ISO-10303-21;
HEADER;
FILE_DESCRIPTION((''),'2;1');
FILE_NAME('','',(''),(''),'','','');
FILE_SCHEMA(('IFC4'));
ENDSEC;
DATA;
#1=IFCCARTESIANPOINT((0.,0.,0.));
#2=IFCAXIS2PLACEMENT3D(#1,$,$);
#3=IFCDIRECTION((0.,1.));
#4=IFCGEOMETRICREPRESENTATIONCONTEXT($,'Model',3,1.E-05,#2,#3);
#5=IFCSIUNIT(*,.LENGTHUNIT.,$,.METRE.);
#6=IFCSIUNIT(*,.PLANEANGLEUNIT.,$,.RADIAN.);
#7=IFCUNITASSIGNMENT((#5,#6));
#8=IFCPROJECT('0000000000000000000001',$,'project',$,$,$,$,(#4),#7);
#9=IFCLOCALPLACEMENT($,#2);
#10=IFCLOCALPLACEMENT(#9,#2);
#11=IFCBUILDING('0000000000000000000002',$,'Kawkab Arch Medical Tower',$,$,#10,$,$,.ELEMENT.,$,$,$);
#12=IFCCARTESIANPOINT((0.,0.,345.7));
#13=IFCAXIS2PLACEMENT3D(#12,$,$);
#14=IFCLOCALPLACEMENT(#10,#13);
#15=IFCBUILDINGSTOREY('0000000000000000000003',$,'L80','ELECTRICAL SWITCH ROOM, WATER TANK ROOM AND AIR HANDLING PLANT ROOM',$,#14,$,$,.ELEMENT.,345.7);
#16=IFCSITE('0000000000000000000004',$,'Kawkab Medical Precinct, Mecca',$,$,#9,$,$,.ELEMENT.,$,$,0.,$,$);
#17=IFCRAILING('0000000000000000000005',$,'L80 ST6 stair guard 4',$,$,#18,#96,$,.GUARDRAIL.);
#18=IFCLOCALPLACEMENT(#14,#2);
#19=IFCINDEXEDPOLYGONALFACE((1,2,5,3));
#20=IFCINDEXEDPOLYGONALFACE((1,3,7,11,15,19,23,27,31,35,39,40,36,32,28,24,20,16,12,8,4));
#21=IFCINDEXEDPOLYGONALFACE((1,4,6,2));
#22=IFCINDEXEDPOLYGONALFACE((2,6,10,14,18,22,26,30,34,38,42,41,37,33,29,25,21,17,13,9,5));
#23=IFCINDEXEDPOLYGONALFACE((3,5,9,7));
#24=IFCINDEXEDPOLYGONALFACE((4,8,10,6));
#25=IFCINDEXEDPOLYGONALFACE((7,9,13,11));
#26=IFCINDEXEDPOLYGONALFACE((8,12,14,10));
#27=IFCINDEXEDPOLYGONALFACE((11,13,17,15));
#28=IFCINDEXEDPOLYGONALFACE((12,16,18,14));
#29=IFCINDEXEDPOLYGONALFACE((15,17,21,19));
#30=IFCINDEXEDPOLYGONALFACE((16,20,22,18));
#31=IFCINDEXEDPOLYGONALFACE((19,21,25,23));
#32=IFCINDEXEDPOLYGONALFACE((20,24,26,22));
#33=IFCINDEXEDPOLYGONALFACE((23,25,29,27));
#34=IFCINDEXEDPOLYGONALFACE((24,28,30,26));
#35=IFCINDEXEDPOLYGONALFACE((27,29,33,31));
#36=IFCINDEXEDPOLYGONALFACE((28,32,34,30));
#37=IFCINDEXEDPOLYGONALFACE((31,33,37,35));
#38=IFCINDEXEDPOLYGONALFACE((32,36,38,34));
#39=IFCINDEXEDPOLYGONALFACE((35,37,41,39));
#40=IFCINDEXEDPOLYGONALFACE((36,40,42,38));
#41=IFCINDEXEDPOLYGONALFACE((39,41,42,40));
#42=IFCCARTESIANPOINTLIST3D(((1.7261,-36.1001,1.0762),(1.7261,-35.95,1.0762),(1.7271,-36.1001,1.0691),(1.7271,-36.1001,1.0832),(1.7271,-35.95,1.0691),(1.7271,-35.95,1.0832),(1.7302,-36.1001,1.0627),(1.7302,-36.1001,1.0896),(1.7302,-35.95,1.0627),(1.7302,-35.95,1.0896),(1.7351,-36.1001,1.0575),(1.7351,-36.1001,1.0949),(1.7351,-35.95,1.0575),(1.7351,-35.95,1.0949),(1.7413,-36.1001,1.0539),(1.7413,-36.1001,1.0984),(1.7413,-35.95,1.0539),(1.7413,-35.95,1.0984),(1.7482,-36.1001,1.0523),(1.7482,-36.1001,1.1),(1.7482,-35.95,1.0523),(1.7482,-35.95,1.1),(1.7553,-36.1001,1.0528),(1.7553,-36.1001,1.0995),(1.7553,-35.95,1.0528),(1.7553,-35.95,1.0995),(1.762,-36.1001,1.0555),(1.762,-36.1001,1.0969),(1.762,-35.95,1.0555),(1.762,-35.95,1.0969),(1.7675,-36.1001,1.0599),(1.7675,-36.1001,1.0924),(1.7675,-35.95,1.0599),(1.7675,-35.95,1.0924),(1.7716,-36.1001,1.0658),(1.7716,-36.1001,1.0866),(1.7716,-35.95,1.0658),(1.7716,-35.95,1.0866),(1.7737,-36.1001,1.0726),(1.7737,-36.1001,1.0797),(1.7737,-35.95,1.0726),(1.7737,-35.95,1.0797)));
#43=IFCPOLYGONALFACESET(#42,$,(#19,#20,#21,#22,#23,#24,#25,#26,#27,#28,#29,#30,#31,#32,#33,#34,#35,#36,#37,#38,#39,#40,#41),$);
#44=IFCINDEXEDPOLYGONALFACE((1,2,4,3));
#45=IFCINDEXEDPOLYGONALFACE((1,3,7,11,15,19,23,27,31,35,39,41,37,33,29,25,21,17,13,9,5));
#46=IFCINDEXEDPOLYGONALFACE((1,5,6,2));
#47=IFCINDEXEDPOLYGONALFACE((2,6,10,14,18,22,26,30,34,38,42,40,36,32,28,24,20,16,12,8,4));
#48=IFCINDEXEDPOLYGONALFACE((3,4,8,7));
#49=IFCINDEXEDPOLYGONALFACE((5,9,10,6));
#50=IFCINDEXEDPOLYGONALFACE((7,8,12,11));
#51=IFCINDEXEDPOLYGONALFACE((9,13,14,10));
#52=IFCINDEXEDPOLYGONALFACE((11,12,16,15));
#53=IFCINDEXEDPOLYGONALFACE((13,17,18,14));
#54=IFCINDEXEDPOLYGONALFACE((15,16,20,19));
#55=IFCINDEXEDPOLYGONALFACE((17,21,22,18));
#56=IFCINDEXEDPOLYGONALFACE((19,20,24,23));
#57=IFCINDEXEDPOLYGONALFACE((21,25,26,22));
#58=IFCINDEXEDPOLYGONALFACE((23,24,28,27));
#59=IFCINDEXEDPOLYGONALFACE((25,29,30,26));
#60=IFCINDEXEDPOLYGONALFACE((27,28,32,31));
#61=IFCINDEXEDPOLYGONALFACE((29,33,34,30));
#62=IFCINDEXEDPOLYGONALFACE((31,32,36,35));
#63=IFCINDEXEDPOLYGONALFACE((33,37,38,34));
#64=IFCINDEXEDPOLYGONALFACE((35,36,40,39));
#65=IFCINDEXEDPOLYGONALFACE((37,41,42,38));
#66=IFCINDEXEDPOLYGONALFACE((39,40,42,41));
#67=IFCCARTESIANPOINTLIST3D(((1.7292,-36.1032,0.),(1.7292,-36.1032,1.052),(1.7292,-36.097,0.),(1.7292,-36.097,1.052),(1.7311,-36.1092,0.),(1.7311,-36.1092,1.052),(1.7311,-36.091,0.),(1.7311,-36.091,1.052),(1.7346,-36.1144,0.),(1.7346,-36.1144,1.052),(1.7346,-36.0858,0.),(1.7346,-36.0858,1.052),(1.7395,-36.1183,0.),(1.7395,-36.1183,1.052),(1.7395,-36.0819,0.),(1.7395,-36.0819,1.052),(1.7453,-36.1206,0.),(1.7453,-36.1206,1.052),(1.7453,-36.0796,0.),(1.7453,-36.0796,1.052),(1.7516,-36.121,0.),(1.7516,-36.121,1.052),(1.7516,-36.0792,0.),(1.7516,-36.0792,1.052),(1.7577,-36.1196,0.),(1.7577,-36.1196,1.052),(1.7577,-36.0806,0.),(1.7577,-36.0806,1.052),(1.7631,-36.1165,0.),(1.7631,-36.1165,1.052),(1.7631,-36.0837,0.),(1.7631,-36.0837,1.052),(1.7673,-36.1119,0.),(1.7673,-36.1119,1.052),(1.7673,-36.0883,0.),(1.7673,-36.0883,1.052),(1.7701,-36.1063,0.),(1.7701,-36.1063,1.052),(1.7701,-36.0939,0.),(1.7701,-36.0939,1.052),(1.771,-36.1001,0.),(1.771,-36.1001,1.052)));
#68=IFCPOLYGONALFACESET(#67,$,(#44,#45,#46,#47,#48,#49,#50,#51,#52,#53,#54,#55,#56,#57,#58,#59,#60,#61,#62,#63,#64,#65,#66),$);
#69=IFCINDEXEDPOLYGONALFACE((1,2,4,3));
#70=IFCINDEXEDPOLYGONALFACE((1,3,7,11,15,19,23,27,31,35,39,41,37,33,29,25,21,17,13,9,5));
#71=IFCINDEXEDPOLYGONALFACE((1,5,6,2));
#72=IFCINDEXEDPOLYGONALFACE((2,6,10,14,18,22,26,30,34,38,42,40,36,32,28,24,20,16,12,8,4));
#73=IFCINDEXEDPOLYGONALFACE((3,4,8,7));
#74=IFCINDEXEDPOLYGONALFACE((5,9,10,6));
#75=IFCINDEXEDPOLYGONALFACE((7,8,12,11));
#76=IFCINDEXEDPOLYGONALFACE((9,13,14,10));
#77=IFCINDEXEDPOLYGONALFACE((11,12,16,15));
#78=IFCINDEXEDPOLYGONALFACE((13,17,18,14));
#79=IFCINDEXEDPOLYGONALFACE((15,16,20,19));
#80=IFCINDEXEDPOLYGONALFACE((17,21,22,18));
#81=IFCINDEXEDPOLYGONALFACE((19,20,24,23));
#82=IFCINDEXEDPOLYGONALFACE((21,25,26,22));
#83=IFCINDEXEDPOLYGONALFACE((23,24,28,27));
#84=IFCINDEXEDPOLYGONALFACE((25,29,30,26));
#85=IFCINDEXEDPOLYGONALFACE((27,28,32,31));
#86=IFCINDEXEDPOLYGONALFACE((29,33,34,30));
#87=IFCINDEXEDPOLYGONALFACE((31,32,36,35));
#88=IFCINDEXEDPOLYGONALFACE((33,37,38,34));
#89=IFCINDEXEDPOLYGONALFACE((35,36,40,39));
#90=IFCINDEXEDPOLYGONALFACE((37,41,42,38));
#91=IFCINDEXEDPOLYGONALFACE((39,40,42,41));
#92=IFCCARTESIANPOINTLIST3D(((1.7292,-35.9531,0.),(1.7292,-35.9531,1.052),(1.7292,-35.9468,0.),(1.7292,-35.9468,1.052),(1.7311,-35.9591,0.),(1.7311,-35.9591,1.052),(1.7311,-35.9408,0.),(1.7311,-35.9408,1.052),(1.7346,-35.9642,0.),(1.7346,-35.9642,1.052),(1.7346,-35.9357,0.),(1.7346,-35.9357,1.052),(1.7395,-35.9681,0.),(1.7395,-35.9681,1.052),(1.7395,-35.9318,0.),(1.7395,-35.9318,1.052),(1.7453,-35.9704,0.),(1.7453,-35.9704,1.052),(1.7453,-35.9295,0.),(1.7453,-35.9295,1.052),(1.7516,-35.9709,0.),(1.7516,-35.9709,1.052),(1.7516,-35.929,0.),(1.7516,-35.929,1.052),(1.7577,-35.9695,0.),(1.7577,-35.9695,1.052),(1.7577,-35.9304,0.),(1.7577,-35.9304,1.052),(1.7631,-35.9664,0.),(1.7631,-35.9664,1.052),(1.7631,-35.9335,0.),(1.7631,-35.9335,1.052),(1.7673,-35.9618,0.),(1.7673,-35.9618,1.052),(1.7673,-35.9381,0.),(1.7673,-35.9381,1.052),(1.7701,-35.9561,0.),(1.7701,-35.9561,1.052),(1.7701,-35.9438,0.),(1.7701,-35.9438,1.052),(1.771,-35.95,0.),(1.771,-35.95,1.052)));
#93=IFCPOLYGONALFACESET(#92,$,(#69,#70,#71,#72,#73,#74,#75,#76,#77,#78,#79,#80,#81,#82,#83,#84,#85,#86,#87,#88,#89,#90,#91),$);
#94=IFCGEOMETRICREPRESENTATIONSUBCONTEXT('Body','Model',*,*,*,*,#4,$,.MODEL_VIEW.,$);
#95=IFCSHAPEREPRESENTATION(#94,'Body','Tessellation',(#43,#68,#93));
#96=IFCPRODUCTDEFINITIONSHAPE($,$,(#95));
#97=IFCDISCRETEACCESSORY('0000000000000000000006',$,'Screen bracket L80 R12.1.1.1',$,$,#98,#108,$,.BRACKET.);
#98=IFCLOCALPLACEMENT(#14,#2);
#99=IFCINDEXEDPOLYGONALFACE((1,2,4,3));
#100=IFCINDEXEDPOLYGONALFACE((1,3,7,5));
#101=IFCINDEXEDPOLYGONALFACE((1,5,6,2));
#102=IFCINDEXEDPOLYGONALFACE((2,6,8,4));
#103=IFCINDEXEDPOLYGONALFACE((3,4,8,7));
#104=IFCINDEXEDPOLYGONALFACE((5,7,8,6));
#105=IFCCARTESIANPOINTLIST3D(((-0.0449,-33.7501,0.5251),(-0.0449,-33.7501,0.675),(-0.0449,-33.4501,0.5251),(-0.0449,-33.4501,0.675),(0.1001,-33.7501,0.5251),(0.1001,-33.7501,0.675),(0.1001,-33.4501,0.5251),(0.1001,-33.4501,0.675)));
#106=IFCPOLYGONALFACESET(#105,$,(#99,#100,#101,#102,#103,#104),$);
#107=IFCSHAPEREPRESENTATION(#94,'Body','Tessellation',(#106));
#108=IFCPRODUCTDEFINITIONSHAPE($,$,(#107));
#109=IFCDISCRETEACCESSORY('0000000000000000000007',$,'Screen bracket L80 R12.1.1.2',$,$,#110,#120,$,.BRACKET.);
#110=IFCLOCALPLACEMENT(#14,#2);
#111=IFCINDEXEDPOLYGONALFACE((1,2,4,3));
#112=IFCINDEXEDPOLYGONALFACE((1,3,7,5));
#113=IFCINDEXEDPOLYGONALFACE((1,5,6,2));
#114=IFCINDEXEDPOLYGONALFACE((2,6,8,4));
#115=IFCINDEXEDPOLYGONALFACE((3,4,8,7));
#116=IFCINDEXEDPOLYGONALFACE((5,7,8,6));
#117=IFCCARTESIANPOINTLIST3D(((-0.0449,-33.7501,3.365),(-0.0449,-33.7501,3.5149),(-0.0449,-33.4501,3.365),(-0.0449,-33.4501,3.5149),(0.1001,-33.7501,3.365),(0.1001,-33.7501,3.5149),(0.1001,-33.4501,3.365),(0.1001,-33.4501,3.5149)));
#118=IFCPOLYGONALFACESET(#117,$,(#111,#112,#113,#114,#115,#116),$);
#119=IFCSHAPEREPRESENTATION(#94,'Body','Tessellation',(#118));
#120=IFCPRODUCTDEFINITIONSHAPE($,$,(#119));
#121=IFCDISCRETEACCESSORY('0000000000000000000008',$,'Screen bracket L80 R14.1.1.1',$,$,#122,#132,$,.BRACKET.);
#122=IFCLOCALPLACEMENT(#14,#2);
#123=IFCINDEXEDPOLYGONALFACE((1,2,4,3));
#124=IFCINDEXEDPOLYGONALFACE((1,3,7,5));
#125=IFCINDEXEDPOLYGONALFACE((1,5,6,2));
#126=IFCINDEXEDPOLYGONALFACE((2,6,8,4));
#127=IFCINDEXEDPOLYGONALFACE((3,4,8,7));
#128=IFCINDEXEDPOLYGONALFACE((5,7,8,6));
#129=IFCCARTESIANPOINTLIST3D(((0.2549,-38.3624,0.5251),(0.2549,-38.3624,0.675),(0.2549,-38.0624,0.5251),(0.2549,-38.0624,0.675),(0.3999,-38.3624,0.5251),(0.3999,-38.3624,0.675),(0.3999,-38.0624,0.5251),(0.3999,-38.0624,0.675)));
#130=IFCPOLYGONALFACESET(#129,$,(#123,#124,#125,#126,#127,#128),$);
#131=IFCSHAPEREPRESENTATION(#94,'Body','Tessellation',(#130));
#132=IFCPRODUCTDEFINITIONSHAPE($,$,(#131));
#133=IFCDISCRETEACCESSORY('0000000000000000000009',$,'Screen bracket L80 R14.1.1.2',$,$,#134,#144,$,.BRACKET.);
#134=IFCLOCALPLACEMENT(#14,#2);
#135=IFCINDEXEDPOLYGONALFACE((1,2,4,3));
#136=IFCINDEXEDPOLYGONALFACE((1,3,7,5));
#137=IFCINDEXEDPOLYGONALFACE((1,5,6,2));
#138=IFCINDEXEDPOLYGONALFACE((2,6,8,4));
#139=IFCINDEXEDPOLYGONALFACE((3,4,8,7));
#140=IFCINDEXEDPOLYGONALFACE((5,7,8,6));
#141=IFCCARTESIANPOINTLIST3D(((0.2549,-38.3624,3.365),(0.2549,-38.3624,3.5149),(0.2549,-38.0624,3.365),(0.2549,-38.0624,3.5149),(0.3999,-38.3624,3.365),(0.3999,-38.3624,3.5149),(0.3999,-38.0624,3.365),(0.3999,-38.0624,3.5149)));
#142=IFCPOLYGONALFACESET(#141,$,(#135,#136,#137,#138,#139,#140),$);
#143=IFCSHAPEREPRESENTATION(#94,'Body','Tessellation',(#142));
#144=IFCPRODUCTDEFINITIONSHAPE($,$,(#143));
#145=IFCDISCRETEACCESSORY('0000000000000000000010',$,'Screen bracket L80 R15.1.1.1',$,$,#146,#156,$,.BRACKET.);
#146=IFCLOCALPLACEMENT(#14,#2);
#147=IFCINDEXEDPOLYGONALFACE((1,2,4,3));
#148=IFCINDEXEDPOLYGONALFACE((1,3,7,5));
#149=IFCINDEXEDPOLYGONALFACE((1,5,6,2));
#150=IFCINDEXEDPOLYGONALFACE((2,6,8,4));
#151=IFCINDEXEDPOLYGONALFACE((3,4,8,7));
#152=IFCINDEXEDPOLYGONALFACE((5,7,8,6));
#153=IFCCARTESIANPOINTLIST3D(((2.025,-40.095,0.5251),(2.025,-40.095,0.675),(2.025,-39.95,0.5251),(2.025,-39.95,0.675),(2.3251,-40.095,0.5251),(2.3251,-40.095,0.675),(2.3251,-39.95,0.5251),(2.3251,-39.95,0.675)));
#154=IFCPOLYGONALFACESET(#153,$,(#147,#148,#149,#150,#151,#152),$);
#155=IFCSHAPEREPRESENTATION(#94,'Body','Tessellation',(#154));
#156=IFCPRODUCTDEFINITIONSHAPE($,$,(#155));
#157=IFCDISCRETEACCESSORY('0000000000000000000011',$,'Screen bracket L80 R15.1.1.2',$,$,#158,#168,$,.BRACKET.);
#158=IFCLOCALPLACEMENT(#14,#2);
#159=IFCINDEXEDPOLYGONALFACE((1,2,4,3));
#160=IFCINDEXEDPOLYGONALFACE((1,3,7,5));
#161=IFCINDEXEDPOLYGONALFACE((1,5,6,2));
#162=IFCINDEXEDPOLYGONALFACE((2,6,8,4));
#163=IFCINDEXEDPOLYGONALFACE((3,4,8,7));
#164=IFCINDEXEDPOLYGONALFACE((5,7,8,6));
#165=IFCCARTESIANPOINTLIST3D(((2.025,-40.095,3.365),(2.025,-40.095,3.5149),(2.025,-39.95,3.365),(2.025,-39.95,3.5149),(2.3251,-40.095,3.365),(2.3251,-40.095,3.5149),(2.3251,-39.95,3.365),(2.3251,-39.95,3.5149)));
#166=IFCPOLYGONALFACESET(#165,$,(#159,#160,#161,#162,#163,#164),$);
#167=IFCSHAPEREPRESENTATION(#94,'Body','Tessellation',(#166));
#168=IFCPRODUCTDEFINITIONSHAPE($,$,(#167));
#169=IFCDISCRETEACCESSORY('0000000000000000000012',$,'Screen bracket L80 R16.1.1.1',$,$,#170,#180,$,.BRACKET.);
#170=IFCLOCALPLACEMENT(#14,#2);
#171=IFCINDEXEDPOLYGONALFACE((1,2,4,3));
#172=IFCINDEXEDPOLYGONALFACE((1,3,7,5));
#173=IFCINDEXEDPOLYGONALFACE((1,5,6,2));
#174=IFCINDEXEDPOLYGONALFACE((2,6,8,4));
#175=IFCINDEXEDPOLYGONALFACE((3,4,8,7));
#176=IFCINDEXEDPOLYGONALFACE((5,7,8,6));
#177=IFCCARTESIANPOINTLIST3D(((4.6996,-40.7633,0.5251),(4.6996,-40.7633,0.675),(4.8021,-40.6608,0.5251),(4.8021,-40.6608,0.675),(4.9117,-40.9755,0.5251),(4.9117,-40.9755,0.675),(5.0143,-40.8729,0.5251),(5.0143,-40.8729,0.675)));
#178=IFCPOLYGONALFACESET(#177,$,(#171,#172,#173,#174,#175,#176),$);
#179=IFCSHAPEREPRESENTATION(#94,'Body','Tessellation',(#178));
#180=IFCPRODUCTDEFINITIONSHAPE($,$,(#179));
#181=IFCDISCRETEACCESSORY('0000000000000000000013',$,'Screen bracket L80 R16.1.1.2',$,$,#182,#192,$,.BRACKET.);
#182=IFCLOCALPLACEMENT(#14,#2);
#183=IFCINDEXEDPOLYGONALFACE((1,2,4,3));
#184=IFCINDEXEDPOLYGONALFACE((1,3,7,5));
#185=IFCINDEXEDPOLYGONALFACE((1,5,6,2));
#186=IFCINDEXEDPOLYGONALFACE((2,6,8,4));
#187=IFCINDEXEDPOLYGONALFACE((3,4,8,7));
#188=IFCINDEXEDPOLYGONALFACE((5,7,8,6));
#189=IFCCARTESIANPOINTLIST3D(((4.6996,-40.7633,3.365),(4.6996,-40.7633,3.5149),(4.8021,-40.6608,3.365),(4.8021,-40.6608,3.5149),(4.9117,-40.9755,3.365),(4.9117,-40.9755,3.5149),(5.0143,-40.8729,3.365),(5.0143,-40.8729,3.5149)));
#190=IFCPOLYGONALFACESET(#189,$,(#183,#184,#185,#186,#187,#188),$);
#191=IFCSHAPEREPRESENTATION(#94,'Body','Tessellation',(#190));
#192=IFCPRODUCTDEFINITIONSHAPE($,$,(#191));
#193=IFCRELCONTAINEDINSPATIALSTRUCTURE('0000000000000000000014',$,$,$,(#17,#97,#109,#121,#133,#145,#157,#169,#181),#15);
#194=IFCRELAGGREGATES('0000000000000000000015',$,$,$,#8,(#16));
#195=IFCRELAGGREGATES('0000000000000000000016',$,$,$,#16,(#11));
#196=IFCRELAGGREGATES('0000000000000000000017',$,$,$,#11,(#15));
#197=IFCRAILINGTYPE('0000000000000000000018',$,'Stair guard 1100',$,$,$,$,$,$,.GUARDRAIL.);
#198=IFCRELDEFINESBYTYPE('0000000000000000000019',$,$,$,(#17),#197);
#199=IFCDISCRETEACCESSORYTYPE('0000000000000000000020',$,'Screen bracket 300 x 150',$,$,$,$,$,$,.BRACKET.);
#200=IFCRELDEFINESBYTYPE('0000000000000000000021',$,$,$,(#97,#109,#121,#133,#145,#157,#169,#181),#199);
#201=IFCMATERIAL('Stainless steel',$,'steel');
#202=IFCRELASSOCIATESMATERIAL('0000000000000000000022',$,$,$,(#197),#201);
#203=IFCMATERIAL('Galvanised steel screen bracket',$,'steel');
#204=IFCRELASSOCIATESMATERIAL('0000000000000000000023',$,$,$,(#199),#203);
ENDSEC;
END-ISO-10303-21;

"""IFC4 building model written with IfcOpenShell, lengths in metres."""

from ifc_helpers import new_model, si_unit, direction, frame, origin, origin_2d, place, context, subcontext, project, spatial, rectangle, circle, extrude, material, type_object, element, save


model = new_model("IFC4")

# Units and contexts
model_context = context("Model", 3, precision=1e-05, world=origin(), true_north=direction((0.0, 1.0)))
body_context = subcontext(model_context, "Body", "Model", "MODEL_VIEW")
ifc_project = project(units=[si_unit("LENGTHUNIT", "METRE"), si_unit("PLANEANGLEUNIT", "RADIAN")], contexts=[model_context])

# Site, building, storey
site_placement = place(None, origin())
site = spatial("IfcSite", under=ifc_project, at=site_placement, Name="Kawkab Medical Precinct, Mecca", CompositionType="ELEMENT", RefElevation=0.0)
building_placement = place(site_placement, origin())
building = spatial("IfcBuilding", under=site, at=building_placement, Name="Kawkab Arch Medical Tower", CompositionType="ELEMENT")
storey_placement = place(building_placement, frame((0.0, 0.0, 345.7)))
storey = spatial("IfcBuildingStorey", under=building, at=storey_placement, Name="L80", Description="ELECTRICAL SWITCH ROOM, WATER TANK ROOM AND AIR HANDLING PLANT ROOM", CompositionType="ELEMENT", Elevation=345.7)

# Railing
ifc_material_1 = material(Name="Stainless steel", Category="steel")
railing_type = type_object("IfcRailingType", Name="Stair guard 1100", PredefinedType="GUARDRAIL", material=ifc_material_1)
railing_1_placement = place(storey_placement, frame((1.75, -36.1001, 0.0)))
element("IfcRailing", 1, at=railing_1_placement, inside=storey, type_object=railing_type, Name="L80 ST6 stair guard 4", PredefinedType="GUARDRAIL", context=body_context, shape_type="SweptSolid", body=[
    extrude(circle(Radius=0.0239, at=origin_2d()), frame((0.0, 0.0, 1.0762), z_axis=(0.0, 1.0, 0.0), x_axis=(-1.0, 0.0, 0.0)), (0.0, 0.0, 1.0), 0.1501),
    extrude(circle(Radius=0.021, at=origin_2d()), origin(), (0.0, 0.0, 1.0), 1.052),
    extrude(circle(Radius=0.021, at=origin_2d()), frame((0.0, 0.1501, 0.0)), (0.0, 0.0, 1.0), 1.052),
])

# Discrete accessories
ifc_material_2 = material(Name="Galvanised steel screen bracket", Category="steel")
discrete_accessory_type = type_object("IfcDiscreteAccessoryType", Name="Screen bracket 300 x 150", PredefinedType="BRACKET", material=ifc_material_2)
for number, where, z_axis, x_axis, name in (
    (2, (0.0276, -33.6001, 0.5251), (0.0, 0.0, 1.0), (0.0, -1.0, 0.0), "Screen bracket L80 R12.1.1.1"),
    (3, (0.0276, -33.6001, 3.365), (0.0, 0.0, 1.0), (0.0, -1.0, 0.0), "Screen bracket L80 R12.1.1.2"),
    (4, (0.3274, -38.2124, 0.5251), (0.0, 0.0, 1.0), (0.0, -1.0, 0.0), "Screen bracket L80 R14.1.1.1"),
    (5, (0.3274, -38.2124, 3.365), (0.0, 0.0, 1.0), (0.0, -1.0, 0.0), "Screen bracket L80 R14.1.1.2"),
    (6, (2.175, -40.0225, 0.5251), (0.0, 0.0, 1.0), (1.0, 0.0, 0.0), "Screen bracket L80 R15.1.1.1"),
    (7, (2.175, -40.0225, 3.365), (0.0, 0.0, 1.0), (1.0, 0.0, 0.0), "Screen bracket L80 R15.1.1.2"),
    (8, (4.8569, -40.8181, 0.5251), (0.0, 0.0, 1.0), (0.707107, -0.707107, 0.0), "Screen bracket L80 R16.1.1.1"),
    (9, (4.8569, -40.8181, 3.365), (0.0, 0.0, 1.0), (0.707107, -0.707107, 0.0), "Screen bracket L80 R16.1.1.2"),
):
    element("IfcDiscreteAccessory", number, at=place(storey_placement, frame(where, z_axis=z_axis, x_axis=x_axis)), inside=storey, type_object=discrete_accessory_type, Name=name, PredefinedType="BRACKET", context=body_context, shape_type="SweptSolid", body=[
        extrude(rectangle(XDim=0.3, YDim=0.145, at=origin_2d()), origin(), (0.0, 0.0, 1.0), 0.1499),
    ])

save(model, "model.ifc")
